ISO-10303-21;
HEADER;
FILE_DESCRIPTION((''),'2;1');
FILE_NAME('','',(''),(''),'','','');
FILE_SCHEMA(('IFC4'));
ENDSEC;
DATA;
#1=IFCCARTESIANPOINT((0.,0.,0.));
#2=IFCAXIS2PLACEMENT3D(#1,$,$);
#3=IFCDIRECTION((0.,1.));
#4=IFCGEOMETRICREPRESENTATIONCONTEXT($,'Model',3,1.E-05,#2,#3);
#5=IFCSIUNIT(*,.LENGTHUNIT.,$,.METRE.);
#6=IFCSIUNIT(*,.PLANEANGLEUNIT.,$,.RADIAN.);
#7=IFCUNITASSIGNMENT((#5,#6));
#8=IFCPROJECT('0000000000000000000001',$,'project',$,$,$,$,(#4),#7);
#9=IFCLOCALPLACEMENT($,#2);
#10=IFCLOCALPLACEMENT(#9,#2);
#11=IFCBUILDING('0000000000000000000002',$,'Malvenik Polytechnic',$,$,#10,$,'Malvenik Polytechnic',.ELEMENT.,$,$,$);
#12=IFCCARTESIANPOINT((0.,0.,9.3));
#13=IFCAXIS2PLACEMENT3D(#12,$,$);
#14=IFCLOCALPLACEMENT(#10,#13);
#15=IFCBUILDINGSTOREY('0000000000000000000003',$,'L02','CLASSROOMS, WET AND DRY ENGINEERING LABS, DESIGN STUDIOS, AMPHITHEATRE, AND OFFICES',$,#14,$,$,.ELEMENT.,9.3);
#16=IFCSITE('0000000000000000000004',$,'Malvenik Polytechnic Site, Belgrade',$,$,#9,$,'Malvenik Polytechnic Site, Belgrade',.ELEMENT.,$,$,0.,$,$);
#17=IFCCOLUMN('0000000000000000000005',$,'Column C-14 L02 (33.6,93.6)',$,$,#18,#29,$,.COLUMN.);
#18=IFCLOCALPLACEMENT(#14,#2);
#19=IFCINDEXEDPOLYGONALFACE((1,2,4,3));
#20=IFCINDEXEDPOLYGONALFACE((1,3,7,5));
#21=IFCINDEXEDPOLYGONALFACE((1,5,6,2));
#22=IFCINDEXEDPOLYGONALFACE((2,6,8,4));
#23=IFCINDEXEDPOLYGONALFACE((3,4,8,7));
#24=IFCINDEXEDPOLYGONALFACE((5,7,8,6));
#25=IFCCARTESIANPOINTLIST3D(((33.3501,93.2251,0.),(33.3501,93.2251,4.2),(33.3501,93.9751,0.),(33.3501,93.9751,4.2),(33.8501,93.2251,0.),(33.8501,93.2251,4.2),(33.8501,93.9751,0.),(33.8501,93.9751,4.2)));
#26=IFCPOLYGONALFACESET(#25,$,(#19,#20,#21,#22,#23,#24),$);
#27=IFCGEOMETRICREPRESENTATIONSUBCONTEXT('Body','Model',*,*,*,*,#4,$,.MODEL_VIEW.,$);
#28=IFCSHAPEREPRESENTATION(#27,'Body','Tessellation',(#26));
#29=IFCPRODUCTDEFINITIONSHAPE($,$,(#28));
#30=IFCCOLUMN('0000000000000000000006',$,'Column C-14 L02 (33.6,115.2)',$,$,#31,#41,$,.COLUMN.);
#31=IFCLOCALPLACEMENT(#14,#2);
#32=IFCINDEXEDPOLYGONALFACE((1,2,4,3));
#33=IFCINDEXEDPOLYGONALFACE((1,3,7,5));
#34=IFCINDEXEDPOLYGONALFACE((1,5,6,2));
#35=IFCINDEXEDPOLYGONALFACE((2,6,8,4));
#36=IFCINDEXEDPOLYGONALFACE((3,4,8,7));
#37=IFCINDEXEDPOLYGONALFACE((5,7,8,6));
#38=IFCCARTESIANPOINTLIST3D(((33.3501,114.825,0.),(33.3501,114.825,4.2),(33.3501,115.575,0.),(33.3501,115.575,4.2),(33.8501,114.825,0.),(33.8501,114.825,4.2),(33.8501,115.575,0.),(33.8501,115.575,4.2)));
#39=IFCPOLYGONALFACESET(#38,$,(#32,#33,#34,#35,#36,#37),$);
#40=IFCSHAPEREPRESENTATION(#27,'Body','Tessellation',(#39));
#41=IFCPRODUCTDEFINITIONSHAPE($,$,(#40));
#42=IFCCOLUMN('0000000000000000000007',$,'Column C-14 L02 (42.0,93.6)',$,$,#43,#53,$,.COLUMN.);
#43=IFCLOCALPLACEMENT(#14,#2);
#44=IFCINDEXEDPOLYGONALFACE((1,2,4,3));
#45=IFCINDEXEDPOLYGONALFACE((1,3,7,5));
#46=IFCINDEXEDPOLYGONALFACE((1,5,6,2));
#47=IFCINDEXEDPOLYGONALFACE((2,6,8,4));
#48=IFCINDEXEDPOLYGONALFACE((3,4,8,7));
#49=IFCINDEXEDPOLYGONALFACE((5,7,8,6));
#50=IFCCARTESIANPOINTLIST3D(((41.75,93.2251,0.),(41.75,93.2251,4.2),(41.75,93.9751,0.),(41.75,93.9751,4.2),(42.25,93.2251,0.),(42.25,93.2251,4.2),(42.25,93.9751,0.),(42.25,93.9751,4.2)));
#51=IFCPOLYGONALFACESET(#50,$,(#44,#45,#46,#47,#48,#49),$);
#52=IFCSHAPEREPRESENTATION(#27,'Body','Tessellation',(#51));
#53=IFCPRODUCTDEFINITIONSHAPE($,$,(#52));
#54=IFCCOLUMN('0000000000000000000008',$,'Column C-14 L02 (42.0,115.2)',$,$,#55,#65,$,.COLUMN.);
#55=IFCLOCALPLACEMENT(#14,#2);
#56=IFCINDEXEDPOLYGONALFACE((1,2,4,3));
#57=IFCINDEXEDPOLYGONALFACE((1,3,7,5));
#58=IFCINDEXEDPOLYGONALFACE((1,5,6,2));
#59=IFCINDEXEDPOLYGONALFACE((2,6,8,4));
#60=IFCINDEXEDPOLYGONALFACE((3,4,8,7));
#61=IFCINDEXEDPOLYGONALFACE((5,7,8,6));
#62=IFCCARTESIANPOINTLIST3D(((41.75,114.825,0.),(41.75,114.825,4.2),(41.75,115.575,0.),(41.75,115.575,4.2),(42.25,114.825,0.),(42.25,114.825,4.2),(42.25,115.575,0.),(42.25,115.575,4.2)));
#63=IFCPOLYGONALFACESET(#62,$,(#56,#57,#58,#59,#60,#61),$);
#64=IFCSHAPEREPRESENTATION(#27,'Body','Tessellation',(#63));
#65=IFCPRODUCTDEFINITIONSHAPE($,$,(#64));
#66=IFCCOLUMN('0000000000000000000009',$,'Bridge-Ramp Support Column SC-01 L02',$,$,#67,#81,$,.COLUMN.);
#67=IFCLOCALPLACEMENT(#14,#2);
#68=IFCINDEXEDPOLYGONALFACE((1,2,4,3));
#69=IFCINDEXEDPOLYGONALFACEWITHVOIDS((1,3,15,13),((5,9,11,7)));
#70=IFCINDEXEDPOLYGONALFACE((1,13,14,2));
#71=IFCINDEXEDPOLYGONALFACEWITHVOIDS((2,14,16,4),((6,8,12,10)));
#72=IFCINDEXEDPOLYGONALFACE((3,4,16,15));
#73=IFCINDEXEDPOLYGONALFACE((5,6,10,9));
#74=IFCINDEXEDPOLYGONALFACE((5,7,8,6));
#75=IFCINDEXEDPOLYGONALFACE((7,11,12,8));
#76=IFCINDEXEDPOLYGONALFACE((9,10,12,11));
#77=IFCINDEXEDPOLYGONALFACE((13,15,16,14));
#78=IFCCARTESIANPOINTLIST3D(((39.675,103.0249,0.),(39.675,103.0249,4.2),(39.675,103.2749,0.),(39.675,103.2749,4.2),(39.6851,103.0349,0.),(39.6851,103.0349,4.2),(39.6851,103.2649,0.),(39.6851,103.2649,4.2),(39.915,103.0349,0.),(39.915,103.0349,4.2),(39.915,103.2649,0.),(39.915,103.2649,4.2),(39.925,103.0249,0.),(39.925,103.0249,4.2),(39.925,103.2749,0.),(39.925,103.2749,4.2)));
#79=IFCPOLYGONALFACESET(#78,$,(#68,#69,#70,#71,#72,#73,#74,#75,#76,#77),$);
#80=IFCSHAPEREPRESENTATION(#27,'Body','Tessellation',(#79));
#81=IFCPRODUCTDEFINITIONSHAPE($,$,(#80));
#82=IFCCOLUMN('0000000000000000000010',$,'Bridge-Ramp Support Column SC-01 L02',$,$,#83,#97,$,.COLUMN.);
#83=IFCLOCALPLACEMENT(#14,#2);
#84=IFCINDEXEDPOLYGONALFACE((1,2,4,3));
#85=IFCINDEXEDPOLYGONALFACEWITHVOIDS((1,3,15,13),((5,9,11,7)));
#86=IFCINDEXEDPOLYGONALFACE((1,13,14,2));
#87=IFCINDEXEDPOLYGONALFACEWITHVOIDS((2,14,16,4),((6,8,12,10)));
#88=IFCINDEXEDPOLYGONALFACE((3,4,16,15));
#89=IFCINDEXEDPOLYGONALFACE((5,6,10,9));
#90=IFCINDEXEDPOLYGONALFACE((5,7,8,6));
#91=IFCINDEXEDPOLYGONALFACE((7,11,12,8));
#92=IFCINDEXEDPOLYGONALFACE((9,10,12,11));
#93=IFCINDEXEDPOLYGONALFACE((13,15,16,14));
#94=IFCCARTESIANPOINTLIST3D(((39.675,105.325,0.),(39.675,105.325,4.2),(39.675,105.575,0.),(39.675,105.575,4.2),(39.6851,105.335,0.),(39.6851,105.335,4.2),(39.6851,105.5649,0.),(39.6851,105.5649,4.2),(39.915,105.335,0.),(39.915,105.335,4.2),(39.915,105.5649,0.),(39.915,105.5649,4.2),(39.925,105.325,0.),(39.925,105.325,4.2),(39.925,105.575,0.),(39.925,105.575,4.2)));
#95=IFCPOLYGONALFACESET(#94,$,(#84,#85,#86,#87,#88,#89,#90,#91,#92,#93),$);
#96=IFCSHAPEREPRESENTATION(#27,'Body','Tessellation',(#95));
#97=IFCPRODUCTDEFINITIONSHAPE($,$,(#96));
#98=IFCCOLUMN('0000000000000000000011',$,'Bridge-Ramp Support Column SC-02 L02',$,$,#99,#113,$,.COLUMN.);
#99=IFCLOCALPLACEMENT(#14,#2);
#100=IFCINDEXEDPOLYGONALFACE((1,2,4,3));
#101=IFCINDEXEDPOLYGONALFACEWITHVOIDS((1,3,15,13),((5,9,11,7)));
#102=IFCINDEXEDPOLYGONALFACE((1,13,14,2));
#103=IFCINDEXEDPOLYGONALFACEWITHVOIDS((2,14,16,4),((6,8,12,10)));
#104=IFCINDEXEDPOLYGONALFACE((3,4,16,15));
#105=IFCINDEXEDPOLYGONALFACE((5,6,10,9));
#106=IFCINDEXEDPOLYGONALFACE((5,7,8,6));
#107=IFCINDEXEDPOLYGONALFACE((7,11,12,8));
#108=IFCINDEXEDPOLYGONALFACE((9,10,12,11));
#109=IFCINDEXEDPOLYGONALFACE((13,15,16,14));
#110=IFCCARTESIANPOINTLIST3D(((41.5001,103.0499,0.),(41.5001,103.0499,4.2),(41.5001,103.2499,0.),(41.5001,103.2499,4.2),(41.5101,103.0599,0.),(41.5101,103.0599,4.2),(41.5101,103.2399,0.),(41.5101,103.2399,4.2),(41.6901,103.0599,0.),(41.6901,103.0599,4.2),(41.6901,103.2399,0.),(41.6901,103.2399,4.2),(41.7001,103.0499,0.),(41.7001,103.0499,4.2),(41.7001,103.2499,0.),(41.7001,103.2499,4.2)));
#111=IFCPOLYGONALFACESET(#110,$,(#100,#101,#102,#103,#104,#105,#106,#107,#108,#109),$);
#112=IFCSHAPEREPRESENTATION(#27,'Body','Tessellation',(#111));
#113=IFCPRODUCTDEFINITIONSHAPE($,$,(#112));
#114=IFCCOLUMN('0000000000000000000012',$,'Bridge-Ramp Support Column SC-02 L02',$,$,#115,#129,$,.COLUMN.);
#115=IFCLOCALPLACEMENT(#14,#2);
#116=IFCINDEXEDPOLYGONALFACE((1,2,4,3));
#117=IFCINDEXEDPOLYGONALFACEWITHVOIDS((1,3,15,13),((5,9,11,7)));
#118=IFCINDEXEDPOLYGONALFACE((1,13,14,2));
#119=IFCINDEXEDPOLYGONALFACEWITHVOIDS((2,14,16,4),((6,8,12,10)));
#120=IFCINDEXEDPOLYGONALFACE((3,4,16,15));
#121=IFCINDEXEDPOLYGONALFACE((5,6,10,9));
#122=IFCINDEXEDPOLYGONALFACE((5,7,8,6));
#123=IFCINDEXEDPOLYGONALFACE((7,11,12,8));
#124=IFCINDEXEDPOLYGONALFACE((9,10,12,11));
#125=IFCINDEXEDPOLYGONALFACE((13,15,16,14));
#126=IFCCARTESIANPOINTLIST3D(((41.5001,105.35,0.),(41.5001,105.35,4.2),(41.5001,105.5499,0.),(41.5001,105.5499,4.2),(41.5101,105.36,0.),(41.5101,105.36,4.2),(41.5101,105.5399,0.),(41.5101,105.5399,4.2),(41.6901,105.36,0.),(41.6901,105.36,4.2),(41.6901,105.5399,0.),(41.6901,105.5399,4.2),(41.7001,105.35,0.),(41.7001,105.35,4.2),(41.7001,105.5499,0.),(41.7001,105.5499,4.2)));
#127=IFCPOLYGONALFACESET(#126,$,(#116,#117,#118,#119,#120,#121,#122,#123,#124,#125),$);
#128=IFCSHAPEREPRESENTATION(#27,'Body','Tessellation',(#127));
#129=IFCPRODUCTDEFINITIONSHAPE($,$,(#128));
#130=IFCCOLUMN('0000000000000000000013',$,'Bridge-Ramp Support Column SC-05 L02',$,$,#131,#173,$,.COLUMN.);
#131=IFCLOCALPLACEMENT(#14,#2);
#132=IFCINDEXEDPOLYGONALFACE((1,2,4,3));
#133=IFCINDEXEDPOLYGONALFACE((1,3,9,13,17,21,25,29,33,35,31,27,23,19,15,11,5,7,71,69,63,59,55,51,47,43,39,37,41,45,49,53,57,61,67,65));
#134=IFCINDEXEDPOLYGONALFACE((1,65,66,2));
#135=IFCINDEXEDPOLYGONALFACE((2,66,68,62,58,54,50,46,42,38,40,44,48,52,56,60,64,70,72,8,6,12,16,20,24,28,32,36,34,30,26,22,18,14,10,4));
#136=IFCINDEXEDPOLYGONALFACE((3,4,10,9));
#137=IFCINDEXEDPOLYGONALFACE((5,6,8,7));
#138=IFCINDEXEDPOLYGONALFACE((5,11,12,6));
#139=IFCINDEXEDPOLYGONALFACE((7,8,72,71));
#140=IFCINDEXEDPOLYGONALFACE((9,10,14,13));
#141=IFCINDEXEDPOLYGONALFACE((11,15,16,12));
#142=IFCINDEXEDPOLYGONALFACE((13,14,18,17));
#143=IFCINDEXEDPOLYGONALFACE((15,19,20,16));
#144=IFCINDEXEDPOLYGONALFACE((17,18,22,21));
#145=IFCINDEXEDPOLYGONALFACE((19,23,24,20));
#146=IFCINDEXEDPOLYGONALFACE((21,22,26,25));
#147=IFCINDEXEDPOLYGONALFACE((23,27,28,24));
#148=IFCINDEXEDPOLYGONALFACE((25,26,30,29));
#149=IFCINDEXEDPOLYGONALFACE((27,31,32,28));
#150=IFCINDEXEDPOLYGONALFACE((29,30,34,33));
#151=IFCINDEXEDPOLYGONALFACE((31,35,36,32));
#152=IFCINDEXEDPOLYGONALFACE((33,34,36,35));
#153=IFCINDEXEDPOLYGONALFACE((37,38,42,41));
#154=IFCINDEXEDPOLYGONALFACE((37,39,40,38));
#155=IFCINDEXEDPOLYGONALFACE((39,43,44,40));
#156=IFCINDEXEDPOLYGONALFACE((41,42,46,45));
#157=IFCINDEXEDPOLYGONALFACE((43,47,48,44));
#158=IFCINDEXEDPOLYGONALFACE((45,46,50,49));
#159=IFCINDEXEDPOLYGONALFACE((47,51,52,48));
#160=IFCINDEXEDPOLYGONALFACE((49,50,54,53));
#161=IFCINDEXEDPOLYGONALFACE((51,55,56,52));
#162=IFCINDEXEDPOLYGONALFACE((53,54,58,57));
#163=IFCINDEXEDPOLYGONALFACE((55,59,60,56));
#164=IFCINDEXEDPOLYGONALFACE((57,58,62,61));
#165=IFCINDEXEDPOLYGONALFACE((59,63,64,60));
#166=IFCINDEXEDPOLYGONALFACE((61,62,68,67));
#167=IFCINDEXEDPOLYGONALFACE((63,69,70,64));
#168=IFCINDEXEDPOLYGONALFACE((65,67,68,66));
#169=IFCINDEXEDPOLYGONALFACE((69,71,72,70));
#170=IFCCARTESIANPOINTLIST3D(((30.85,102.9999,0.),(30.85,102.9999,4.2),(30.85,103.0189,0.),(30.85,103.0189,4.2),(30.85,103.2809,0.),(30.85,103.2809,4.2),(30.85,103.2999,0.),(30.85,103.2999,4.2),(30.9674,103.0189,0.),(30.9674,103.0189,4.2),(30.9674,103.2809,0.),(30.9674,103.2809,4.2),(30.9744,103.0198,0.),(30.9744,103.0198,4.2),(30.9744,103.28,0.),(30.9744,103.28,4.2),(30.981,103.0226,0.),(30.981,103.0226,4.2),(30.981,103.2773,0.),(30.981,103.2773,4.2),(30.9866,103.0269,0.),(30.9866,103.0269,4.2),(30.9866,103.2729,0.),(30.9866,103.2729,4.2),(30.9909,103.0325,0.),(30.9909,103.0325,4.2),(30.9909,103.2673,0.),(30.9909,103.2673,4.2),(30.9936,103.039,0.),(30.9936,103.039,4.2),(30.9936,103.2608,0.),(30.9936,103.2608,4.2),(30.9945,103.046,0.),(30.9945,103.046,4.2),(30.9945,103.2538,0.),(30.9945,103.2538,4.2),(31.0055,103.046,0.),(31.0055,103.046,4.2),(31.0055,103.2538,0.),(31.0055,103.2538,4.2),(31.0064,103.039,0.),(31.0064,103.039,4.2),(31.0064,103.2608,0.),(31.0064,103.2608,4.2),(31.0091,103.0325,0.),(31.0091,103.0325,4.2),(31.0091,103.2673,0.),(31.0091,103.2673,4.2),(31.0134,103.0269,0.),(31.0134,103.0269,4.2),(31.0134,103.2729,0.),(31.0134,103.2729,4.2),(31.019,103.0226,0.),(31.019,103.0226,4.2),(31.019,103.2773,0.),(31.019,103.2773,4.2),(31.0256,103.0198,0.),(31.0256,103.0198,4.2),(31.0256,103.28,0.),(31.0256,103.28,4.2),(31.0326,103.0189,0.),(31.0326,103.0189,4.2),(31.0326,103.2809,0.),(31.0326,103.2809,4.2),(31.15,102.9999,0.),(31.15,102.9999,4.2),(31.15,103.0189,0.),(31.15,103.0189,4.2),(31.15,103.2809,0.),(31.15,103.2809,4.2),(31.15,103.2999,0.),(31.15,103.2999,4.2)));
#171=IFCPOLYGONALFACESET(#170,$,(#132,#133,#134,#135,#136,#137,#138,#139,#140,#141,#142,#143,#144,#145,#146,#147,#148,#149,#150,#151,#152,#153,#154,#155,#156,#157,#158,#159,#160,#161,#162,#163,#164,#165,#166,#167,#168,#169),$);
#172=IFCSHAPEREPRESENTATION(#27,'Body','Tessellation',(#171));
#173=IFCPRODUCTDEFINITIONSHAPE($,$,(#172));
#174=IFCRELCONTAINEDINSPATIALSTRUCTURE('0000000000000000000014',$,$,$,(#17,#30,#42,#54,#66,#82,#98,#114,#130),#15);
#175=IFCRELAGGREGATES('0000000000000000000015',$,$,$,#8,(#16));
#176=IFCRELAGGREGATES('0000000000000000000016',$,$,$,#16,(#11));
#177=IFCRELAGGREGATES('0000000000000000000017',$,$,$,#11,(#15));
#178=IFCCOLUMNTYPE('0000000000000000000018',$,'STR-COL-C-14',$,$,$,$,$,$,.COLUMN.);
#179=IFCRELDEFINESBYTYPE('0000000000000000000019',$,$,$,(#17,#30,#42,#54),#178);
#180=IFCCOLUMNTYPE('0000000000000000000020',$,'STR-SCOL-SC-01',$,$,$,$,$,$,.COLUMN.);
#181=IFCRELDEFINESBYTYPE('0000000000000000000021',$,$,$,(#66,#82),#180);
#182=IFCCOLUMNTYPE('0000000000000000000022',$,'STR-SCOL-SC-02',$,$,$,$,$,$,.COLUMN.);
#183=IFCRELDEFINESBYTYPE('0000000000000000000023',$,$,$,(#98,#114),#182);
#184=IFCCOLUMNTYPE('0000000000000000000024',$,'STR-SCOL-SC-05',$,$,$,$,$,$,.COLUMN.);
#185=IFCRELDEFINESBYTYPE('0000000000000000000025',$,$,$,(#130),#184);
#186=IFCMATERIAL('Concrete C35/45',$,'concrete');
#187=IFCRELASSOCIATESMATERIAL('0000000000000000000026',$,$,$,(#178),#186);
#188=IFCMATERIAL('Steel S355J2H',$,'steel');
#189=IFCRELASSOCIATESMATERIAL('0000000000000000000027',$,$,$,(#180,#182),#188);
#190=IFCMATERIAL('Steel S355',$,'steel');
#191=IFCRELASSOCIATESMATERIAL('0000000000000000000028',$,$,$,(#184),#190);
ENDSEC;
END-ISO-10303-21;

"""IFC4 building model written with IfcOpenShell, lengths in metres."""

from ifc_helpers import new_model, si_unit, direction, frame, origin, origin_2d, place, context, subcontext, project, spatial, rectangle, hollow_rectangle, i_section, extrude, material, material_profile, profile_set, type_object, element, save


model = new_model("IFC4")

# Units and contexts
model_context = context("Model", 3, precision=1e-05, world=origin(), true_north=direction((0.0, 1.0)))
body_context = subcontext(model_context, "Body", "Model", "MODEL_VIEW")
ifc_project = project(units=[si_unit("LENGTHUNIT", "METRE"), si_unit("PLANEANGLEUNIT", "RADIAN")], contexts=[model_context])

# Site, building, storey
site_placement = place(None, origin())
site = spatial("IfcSite", under=ifc_project, at=site_placement, Name="Malvenik Polytechnic Site, Belgrade", LongName="Malvenik Polytechnic Site, Belgrade", CompositionType="ELEMENT", RefElevation=0.0)
building_placement = place(site_placement, origin())
building = spatial("IfcBuilding", under=site, at=building_placement, Name="Malvenik Polytechnic", LongName="Malvenik Polytechnic", CompositionType="ELEMENT")
storey_placement = place(building_placement, frame((0.0, 0.0, 9.3)))
storey = spatial("IfcBuildingStorey", under=building, at=storey_placement, Name="L02", Description="CLASSROOMS, WET AND DRY ENGINEERING LABS, DESIGN STUDIOS, AMPHITHEATRE, AND OFFICES", CompositionType="ELEMENT", Elevation=9.3)

# Columns
ifc_material_1 = material(Name="Concrete C35/45", Category="concrete")
ifc_material_profile_1 = material_profile(ifc_material_1, rectangle(XDim=0.5, YDim=0.75, at=origin_2d()), Name="RC COL 750x500")
ifc_profile_set_1 = profile_set([ifc_material_profile_1], Name="Concrete C35/45")
column_type_1 = type_object("IfcColumnType", Name="STR-COL-C-14", PredefinedType="COLUMN", material=ifc_profile_set_1)
for number, where, z_axis, x_axis, name in (
    (1, (33.6001, 93.6001, 0.0), (0.0, 0.0, 1.0), (1.0, 0.0, 0.0), "Column C-14 L02 (33.6,93.6)"),
    (2, (33.6001, 115.2, 0.0), (0.0, 0.0, 1.0), (1.0, 0.0, 0.0), "Column C-14 L02 (33.6,115.2)"),
    (3, (42.0, 93.6001, 0.0), (0.0, 0.0, 1.0), (1.0, 0.0, 0.0), "Column C-14 L02 (42.0,93.6)"),
    (4, (42.0, 115.2, 0.0), (0.0, 0.0, 1.0), (1.0, 0.0, 0.0), "Column C-14 L02 (42.0,115.2)"),
):
    element("IfcColumn", number, at=place(storey_placement, frame(where, z_axis=z_axis, x_axis=x_axis)), inside=storey, type_object=column_type_1, Name=name, PredefinedType="COLUMN", context=body_context, shape_type="SweptSolid", body=[
        extrude(rectangle(XDim=0.5, YDim=0.75, at=origin_2d()), origin(), (0.0, 0.0, 1.0), 4.2),
    ])
ifc_material_2 = material(Name="Steel S355J2H", Category="steel")
ifc_material_profile_2 = material_profile(ifc_material_2, hollow_rectangle(XDim=0.25, YDim=0.25, WallThickness=0.01, at=origin_2d()), Name="SHS 250x250x10.0")
ifc_profile_set_2 = profile_set([ifc_material_profile_2], Name="Steel S355J2H")
column_type_2 = type_object("IfcColumnType", Name="STR-SCOL-SC-01", PredefinedType="COLUMN", material=ifc_profile_set_2)
for number, where, z_axis, x_axis, name in (
    (5, (39.8, 103.1499, 0.0), (0.0, 0.0, 1.0), (1.0, 0.0, 0.0), "Bridge-Ramp Support Column SC-01 L02"),
    (6, (39.8, 105.45, 0.0), (0.0, 0.0, 1.0), (1.0, 0.0, 0.0), "Bridge-Ramp Support Column SC-01 L02"),
):
    element("IfcColumn", number, at=place(storey_placement, frame(where, z_axis=z_axis, x_axis=x_axis)), inside=storey, type_object=column_type_2, Name=name, PredefinedType="COLUMN", context=body_context, shape_type="SweptSolid", body=[
        extrude(hollow_rectangle(XDim=0.25, YDim=0.25, WallThickness=0.01, at=origin_2d()), origin(), (0.0, 0.0, 1.0), 4.2),
    ])
ifc_material_profile_3 = material_profile(ifc_material_2, hollow_rectangle(XDim=0.2, YDim=0.2, WallThickness=0.01, at=origin_2d()), Name="SHS 200x200x10.0")
ifc_profile_set_3 = profile_set([ifc_material_profile_3], Name="Steel S355J2H")
column_type_3 = type_object("IfcColumnType", Name="STR-SCOL-SC-02", PredefinedType="COLUMN", material=ifc_profile_set_3)
for number, where, z_axis, x_axis, name in (
    (7, (41.6001, 103.1499, 0.0), (0.0, 0.0, 1.0), (1.0, 0.0, 0.0), "Bridge-Ramp Support Column SC-02 L02"),
    (8, (41.6001, 105.45, 0.0), (0.0, 0.0, 1.0), (1.0, 0.0, 0.0), "Bridge-Ramp Support Column SC-02 L02"),
):
    element("IfcColumn", number, at=place(storey_placement, frame(where, z_axis=z_axis, x_axis=x_axis)), inside=storey, type_object=column_type_3, Name=name, PredefinedType="COLUMN", context=body_context, shape_type="SweptSolid", body=[
        extrude(hollow_rectangle(XDim=0.2, YDim=0.2, WallThickness=0.01, at=origin_2d()), origin(), (0.0, 0.0, 1.0), 4.2),
    ])
ifc_material_3 = material(Name="Steel S355", Category="steel")
ifc_material_profile_4 = material_profile(ifc_material_3, i_section(OverallWidth=0.3, OverallDepth=0.3, WebThickness=0.011, FlangeThickness=0.019, FilletRadius=0.0271, at=origin_2d()), Name="HEB 300")
ifc_profile_set_4 = profile_set([ifc_material_profile_4], Name="Steel S355")
column_type_4 = type_object("IfcColumnType", Name="STR-SCOL-SC-05", PredefinedType="COLUMN", material=ifc_profile_set_4)
for number, where, z_axis, x_axis, name in (
    (9, (31.0, 103.1499, 0.0), (0.0, 0.0, 1.0), (1.0, 0.0, 0.0), "Bridge-Ramp Support Column SC-05 L02"),
):
    element("IfcColumn", number, at=place(storey_placement, frame(where, z_axis=z_axis, x_axis=x_axis)), inside=storey, type_object=column_type_4, Name=name, PredefinedType="COLUMN", context=body_context, shape_type="SweptSolid", body=[
        extrude(i_section(OverallWidth=0.3, OverallDepth=0.3, WebThickness=0.011, FlangeThickness=0.019, FilletRadius=0.0271, at=origin_2d()), origin(), (0.0, 0.0, 1.0), 4.2),
    ])

save(model, "model.ifc")
